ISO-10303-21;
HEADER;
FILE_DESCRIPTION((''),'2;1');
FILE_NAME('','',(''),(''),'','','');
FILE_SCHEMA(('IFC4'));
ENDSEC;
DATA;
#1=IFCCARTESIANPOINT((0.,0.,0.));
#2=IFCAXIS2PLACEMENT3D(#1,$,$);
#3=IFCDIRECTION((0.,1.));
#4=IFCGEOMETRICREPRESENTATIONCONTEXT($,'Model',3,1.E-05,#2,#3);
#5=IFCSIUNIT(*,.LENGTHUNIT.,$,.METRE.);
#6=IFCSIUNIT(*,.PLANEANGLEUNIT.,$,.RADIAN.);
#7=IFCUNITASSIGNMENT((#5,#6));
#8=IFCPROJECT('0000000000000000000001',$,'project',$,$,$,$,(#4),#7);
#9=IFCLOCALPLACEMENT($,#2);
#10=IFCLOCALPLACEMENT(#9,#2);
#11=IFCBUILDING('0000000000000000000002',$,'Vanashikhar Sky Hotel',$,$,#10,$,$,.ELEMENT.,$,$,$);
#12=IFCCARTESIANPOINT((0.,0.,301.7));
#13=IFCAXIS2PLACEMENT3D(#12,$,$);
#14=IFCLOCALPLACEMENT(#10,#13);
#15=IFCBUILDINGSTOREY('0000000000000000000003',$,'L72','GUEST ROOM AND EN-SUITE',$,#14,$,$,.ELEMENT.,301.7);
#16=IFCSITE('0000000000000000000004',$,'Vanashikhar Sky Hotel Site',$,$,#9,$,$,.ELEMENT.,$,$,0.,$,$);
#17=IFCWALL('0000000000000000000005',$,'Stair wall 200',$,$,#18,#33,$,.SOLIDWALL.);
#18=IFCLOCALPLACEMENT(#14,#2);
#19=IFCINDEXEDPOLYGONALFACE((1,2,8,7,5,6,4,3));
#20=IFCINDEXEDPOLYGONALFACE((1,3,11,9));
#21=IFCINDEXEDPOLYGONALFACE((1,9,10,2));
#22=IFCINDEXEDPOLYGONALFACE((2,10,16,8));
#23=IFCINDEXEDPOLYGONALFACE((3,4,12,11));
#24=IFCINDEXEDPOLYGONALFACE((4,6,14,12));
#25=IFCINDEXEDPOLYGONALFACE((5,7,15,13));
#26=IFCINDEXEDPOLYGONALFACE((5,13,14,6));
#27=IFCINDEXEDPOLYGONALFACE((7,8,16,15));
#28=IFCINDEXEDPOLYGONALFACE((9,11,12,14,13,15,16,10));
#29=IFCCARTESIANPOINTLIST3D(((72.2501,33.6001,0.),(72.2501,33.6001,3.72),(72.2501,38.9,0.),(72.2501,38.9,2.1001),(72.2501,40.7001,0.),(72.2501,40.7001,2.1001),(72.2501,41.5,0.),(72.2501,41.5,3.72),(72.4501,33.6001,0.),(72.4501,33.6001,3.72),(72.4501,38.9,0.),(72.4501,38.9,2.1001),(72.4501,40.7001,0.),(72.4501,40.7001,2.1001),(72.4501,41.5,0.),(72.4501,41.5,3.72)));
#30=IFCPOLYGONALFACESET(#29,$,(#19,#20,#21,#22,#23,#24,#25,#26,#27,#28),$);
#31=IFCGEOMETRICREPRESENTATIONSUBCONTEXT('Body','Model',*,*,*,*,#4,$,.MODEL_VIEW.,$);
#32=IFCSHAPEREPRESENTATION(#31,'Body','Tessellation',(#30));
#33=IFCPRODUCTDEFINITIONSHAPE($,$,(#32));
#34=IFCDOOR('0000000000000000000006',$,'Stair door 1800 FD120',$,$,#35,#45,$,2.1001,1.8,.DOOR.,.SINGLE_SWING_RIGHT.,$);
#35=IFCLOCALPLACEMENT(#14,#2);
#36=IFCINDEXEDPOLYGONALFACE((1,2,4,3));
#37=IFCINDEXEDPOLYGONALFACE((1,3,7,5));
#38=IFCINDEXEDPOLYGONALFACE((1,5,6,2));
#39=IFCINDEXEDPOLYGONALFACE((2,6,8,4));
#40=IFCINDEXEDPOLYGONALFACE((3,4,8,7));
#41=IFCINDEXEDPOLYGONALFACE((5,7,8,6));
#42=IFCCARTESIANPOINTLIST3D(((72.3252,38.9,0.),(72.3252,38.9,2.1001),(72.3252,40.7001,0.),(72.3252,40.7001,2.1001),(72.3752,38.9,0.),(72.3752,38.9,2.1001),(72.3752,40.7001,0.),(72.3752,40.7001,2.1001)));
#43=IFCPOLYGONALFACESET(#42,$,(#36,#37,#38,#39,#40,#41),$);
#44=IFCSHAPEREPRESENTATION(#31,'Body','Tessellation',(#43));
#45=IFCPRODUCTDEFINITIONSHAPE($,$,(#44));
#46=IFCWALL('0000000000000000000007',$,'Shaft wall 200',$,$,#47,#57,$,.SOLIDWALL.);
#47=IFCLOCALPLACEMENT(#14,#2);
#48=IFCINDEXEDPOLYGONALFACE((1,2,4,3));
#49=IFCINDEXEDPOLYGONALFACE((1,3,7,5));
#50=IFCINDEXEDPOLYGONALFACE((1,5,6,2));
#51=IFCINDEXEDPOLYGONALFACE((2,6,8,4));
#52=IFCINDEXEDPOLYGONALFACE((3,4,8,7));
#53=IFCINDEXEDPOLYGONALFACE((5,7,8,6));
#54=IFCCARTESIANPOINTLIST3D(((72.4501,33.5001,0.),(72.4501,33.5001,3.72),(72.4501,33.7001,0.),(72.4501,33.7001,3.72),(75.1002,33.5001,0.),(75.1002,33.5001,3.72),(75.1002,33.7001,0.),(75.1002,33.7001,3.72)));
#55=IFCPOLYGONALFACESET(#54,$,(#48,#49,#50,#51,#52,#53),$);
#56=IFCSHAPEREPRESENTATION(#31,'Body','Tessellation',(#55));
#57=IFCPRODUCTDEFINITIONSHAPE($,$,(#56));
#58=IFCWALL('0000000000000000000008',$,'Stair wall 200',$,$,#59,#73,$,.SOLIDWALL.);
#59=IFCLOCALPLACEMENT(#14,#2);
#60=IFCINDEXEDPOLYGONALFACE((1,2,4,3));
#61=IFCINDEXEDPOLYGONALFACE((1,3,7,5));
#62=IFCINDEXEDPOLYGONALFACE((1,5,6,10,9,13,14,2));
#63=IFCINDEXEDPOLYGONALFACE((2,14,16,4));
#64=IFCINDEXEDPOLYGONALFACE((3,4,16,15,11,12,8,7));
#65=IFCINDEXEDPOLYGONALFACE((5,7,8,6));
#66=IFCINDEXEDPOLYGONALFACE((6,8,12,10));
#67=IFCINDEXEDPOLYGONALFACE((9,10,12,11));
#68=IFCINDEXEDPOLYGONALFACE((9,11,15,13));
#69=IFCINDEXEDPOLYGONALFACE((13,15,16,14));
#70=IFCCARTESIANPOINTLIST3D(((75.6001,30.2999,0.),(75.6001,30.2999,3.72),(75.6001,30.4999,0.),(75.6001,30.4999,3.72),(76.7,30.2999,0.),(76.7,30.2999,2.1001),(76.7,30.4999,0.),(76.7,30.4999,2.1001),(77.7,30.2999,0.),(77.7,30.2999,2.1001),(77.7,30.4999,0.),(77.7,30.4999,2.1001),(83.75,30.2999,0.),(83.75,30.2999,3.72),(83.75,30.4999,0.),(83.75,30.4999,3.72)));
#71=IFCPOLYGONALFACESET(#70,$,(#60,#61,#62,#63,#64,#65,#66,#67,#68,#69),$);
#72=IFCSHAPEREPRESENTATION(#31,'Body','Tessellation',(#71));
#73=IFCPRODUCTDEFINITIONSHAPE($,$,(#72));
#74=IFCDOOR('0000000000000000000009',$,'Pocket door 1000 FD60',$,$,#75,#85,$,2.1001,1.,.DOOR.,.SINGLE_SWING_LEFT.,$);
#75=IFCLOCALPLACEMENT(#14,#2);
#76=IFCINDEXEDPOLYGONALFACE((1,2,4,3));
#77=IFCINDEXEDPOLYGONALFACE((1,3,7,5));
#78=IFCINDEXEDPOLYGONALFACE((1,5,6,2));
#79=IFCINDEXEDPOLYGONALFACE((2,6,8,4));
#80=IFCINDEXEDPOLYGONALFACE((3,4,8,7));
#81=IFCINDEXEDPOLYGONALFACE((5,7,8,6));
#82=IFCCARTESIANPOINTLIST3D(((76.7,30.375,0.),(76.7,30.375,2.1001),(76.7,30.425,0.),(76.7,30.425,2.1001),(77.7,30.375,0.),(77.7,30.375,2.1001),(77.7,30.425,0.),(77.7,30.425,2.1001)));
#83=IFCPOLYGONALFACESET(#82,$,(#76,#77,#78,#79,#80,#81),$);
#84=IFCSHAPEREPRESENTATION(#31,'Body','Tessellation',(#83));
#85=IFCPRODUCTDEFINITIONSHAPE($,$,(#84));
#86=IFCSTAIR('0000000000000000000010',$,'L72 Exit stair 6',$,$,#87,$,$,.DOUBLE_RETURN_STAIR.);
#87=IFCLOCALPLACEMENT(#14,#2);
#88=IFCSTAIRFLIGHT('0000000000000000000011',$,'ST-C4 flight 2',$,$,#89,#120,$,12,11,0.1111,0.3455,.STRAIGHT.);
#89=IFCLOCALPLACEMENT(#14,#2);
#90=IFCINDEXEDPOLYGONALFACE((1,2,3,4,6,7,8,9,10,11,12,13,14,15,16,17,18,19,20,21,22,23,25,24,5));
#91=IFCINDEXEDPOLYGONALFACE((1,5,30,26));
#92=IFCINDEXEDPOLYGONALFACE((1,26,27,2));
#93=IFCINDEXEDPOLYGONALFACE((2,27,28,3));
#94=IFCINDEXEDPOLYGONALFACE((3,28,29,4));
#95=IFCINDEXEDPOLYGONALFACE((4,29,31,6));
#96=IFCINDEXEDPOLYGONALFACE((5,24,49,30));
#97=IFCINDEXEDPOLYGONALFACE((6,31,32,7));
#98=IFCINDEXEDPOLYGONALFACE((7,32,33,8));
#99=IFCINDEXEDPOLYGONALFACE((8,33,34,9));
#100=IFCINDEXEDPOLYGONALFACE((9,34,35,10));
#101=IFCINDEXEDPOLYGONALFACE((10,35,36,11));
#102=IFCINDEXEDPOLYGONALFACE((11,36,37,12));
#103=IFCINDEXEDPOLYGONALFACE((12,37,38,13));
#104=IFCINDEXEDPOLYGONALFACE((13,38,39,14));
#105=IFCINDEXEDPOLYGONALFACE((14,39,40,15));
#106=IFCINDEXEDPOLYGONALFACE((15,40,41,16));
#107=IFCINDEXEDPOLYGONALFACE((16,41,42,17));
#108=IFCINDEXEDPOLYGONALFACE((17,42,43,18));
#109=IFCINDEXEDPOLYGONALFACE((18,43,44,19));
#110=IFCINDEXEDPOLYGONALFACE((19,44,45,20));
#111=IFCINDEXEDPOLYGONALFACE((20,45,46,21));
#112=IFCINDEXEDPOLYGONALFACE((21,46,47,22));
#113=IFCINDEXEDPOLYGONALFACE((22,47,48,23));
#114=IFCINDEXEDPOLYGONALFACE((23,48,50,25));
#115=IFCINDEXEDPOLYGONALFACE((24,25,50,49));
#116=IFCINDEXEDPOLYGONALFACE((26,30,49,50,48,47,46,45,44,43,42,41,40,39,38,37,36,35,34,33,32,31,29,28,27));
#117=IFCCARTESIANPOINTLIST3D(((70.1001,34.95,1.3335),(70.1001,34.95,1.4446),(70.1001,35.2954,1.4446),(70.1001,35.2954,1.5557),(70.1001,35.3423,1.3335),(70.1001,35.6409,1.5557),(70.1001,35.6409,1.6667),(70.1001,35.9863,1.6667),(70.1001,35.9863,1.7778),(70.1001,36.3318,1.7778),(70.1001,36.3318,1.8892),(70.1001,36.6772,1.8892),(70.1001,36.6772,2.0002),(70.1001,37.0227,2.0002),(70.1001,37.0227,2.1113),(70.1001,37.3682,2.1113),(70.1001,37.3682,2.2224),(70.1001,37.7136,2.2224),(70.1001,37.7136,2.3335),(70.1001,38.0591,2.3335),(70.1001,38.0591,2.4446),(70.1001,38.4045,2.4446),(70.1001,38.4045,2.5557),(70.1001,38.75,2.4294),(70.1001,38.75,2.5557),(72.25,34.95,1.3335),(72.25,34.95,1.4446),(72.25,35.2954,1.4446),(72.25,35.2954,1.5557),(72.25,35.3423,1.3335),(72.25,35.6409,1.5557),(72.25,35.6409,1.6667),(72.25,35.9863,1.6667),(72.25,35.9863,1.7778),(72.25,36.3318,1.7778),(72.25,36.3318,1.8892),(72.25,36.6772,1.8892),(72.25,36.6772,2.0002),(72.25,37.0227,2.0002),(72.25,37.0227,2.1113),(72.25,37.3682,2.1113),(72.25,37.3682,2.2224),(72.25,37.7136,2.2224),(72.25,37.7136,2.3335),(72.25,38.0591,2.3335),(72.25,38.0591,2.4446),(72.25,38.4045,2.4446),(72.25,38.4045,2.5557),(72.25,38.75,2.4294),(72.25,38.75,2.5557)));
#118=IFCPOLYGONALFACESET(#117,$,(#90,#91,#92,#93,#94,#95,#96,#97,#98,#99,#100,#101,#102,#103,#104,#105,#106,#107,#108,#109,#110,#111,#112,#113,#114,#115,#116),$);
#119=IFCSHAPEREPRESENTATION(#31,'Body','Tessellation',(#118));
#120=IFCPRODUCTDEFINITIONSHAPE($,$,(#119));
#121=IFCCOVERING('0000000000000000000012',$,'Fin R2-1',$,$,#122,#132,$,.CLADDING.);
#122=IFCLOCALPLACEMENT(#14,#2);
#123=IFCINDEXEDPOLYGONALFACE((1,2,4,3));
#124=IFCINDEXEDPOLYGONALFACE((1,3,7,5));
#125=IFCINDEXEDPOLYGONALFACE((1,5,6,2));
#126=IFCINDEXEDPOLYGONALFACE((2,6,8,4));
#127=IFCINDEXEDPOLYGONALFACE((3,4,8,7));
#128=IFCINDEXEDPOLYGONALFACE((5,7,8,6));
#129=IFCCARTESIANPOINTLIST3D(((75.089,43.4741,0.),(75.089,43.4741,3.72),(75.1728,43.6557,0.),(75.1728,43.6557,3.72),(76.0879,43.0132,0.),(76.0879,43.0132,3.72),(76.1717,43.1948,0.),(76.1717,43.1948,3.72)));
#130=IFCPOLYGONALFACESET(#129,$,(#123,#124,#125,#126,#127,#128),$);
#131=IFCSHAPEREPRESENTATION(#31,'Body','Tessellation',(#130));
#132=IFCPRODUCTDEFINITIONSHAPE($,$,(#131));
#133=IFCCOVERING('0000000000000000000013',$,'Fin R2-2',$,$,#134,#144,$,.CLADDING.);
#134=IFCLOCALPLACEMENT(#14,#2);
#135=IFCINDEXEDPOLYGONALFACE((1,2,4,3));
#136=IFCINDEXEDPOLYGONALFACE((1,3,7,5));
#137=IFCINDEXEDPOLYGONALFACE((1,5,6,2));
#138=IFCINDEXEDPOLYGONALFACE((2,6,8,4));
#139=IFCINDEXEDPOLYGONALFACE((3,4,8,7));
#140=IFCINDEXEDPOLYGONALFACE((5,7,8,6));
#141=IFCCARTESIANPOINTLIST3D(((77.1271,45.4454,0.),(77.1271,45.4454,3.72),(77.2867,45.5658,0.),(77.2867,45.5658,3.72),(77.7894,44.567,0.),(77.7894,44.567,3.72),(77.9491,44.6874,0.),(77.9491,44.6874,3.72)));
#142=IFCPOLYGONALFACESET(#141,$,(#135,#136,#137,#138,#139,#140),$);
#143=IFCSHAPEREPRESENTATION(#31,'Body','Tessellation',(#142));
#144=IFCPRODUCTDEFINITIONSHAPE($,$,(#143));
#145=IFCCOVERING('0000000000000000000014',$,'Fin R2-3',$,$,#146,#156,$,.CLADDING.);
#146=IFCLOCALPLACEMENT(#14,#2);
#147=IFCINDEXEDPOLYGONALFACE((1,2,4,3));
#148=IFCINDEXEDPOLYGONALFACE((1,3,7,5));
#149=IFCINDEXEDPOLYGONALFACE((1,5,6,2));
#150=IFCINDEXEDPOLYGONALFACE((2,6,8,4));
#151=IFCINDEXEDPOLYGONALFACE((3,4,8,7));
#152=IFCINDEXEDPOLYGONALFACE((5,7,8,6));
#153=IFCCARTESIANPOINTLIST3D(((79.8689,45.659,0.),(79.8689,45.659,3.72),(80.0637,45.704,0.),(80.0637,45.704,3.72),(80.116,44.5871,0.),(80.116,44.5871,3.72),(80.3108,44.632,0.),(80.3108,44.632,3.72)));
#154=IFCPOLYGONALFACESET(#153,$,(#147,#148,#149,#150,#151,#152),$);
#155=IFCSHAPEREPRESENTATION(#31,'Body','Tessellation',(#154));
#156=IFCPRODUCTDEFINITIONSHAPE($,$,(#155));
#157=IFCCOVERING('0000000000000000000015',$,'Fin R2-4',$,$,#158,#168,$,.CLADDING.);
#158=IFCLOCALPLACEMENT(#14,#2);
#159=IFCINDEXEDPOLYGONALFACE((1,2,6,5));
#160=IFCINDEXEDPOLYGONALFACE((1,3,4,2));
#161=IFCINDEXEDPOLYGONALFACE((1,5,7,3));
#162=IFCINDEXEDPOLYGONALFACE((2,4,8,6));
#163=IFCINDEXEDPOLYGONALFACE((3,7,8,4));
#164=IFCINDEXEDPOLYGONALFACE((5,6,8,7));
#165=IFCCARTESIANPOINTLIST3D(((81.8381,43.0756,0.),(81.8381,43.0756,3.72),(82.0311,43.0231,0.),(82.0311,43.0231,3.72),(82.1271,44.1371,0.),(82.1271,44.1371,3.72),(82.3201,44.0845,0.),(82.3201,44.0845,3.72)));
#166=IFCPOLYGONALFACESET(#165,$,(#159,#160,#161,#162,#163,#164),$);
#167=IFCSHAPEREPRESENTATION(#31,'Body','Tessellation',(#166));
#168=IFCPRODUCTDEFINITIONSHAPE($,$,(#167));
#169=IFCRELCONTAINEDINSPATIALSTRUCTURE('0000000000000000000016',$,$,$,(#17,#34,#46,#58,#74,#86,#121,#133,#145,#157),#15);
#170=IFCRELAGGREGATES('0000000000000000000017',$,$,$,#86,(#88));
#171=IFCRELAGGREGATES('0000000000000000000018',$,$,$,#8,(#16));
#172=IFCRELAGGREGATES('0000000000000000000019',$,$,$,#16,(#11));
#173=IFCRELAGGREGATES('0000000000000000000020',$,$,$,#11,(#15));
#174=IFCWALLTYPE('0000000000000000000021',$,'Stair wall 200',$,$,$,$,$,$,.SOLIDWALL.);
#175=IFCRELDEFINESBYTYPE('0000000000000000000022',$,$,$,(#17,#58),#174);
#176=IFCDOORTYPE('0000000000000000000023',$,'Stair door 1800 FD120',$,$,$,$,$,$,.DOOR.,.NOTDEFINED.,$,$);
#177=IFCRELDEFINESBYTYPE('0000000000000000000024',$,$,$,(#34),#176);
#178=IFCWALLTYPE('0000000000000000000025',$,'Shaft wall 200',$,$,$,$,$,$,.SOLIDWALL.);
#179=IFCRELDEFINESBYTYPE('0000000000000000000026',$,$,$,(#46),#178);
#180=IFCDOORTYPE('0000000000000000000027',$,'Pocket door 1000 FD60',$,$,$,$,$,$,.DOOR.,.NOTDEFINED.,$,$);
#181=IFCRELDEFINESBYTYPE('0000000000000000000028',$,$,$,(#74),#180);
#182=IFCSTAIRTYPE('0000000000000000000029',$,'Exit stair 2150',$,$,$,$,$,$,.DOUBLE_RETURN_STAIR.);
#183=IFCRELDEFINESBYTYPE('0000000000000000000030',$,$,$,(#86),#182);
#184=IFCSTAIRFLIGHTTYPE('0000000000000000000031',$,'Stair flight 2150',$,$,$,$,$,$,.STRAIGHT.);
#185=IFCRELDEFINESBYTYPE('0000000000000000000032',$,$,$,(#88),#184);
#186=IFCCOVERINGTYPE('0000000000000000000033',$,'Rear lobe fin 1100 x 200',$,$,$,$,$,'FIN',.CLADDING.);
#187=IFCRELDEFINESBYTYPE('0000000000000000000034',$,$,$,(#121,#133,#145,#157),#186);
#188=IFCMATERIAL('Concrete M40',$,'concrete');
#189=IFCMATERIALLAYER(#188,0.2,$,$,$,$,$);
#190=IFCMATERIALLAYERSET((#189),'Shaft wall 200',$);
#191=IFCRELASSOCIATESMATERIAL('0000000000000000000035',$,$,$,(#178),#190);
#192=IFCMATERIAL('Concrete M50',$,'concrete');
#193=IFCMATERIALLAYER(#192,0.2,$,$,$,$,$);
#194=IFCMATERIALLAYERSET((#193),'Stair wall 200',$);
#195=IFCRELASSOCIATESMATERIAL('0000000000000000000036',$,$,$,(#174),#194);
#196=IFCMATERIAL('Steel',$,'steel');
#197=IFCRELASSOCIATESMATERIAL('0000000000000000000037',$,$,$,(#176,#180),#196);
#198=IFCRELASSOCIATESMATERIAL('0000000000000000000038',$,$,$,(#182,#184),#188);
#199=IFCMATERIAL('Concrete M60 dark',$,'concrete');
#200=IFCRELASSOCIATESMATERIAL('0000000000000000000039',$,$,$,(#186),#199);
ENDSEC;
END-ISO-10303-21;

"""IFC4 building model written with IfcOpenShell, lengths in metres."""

from ifc_helpers import new_model, si_unit, direction, frame, frame_2d, origin, origin_2d, place, context, subcontext, project, spatial, polyline, rectangle, outline, extrude, source, transform, mapped, material, layer, layer_set, material_profile, profile_set, type_object, element, fill, aggregate, save


model = new_model("IFC4")

# Units and contexts
model_context = context("Model", 3, precision=1e-05, world=origin(), true_north=direction((0.0, 1.0)))
body_context = subcontext(model_context, "Body", "Model", "MODEL_VIEW")
ifc_project = project(units=[si_unit("LENGTHUNIT", "METRE"), si_unit("PLANEANGLEUNIT", "RADIAN")], contexts=[model_context])

# Site, building, storey
site_placement = place(None, origin())
site = spatial("IfcSite", under=ifc_project, at=site_placement, Name="Vanashikhar Sky Hotel Site", CompositionType="ELEMENT", RefElevation=0.0)
building_placement = place(site_placement, origin())
building = spatial("IfcBuilding", under=site, at=building_placement, Name="Vanashikhar Sky Hotel", CompositionType="ELEMENT")
storey_placement = place(building_placement, frame((0.0, 0.0, 301.7)))
storey = spatial("IfcBuildingStorey", under=building, at=storey_placement, Name="L72", Description="GUEST ROOM AND EN-SUITE", CompositionType="ELEMENT", Elevation=301.7)

# Shared definitions
ifc_material_1 = material(Name="Concrete M50", Category="concrete")

# Shared definitions
ifc_material_2 = material(Name="Concrete M40", Category="concrete")
ifc_layer_1 = layer(ifc_material_2, 0.2)
ifc_layer_set_1 = layer_set([ifc_layer_1], Name="Shaft wall 200")
wall_type_1 = type_object("IfcWallType", Name="Shaft wall 200", PredefinedType="SOLIDWALL", material=ifc_layer_set_1)

# Wall, opening, door
ifc_layer_2 = layer(ifc_material_1, 0.2)
ifc_layer_set_2 = layer_set([ifc_layer_2], Name="Stair wall 200")
wall_type_2 = type_object("IfcWallType", Name="Stair wall 200", PredefinedType="SOLIDWALL", material=ifc_layer_set_2)
shared_shape_1 = source(origin(), body_context, "Body", "SweptSolid", [
    extrude(rectangle(XDim=7.8999, YDim=0.2, at=frame_2d((3.95, 0.0))), origin(), (0.0, 0.0, 1.0), 3.72),
])
wall_1_placement = place(storey_placement, frame((72.3501, 33.6001, 0.0), z_axis=(0.0, 0.0, 1.0), x_axis=(0.0, 1.0, 0.0)))
wall_1 = element("IfcWall", 1, at=wall_1_placement, inside=storey, type_object=wall_type_2, Name="Stair wall 200", PredefinedType="SOLIDWALL", context=body_context, shape_type="MappedRepresentation", body=[
    mapped(shared_shape_1, transform((0.0, 0.0, 0.0), scale=1.0)),
])
shared_shape_2 = source(origin(), body_context, "Body", "SweptSolid", [
    extrude(rectangle(XDim=1.8, YDim=2.1001, at=frame_2d((0.8999, 1.05))), frame((0.0, 0.1099, 0.0), z_axis=(0.0, -1.0, 0.0), x_axis=(1.0, 0.0, 0.0)), (0.0, 0.0, 1.0), 0.22),
])
opening_1_placement = place(wall_1_placement, frame((5.3, 0.0, 0.0)))
opening_1 = element("IfcOpeningElement", 2, at=opening_1_placement, cuts=wall_1, PredefinedType="OPENING", context=body_context, shape_type="MappedRepresentation", body=[
    mapped(shared_shape_2, transform((0.0, 0.0, 0.0), scale=1.0)),
])
ifc_material_3 = material(Name="Steel", Category="steel")
door_type_1 = type_object("IfcDoorType", Name="Stair door 1800 FD120", OperationType="NOTDEFINED", PredefinedType="DOOR", material=ifc_material_3)
shared_shape_3 = source(origin(), body_context, "Body", "SweptSolid", [
    extrude(rectangle(XDim=1.8, YDim=2.1001, at=frame_2d((0.8999, 1.05))), frame((0.0, 0.0249, 0.0), z_axis=(0.0, -1.0, 0.0), x_axis=(1.0, 0.0, 0.0)), (0.0, 0.0, 1.0), 0.05),
])
door_1_placement = place(opening_1_placement, origin())
door_1 = element("IfcDoor", 3, at=door_1_placement, inside=storey, type_object=door_type_1, Name="Stair door 1800 FD120", OperationType="SINGLE_SWING_RIGHT", OverallHeight=2.1001, OverallWidth=1.8, PredefinedType="DOOR", context=body_context, shape_type="MappedRepresentation", body=[
    mapped(shared_shape_3, transform((0.0, 0.0, 0.0), scale=1.0)),
])
fill(opening_1, door_1)

# Wall
shared_shape_4 = source(origin(), body_context, "Body", "SweptSolid", [
    extrude(rectangle(XDim=2.6501, YDim=0.2, at=frame_2d((1.3252, 0.0))), origin(), (0.0, 0.0, 1.0), 3.72),
])
wall_2_placement = place(storey_placement, frame((72.45, 33.6001, 0.0), z_axis=(0.0, 0.0, 1.0), x_axis=(1.0, 0.0, 0.0)))
element("IfcWall", 4, at=wall_2_placement, inside=storey, type_object=wall_type_1, Name="Shaft wall 200", PredefinedType="SOLIDWALL", context=body_context, shape_type="MappedRepresentation", body=[
    mapped(shared_shape_4, transform((0.0, 0.0, 0.0), scale=1.0)),
])

# Wall, opening, door
shared_shape_5 = source(origin(), body_context, "Body", "SweptSolid", [
    extrude(rectangle(XDim=8.1499, YDim=0.2, at=frame_2d((4.075, 0.0))), origin(), (0.0, 0.0, 1.0), 3.72),
])
wall_3_placement = place(storey_placement, frame((83.75, 30.3999, 0.0), z_axis=(0.0, 0.0, 1.0), x_axis=(-1.0, 0.0, 0.0)))
wall_3 = element("IfcWall", 5, at=wall_3_placement, inside=storey, type_object=wall_type_2, Name="Stair wall 200", PredefinedType="SOLIDWALL", context=body_context, shape_type="MappedRepresentation", body=[
    mapped(shared_shape_5, transform((0.0, 0.0, 0.0), scale=1.0)),
])
shared_shape_6 = source(origin(), body_context, "Body", "SweptSolid", [
    extrude(rectangle(XDim=1.0, YDim=2.1001, at=frame_2d((0.5, 1.05))), frame((0.0, 0.1099, 0.0), z_axis=(0.0, -1.0, 0.0), x_axis=(1.0, 0.0, 0.0)), (0.0, 0.0, 1.0), 0.22),
])
opening_2_placement = place(wall_3_placement, frame((6.05, 0.0, 0.0)))
opening_2 = element("IfcOpeningElement", 6, at=opening_2_placement, cuts=wall_3, PredefinedType="OPENING", context=body_context, shape_type="MappedRepresentation", body=[
    mapped(shared_shape_6, transform((0.0, 0.0, 0.0), scale=1.0)),
])
door_type_2 = type_object("IfcDoorType", Name="Pocket door 1000 FD60", OperationType="NOTDEFINED", PredefinedType="DOOR", material=ifc_material_3)
shared_shape_7 = source(origin(), body_context, "Body", "SweptSolid", [
    extrude(rectangle(XDim=1.0, YDim=2.1001, at=frame_2d((0.5, 1.05))), frame((0.0, 0.0249, 0.0), z_axis=(0.0, -1.0, 0.0), x_axis=(1.0, 0.0, 0.0)), (0.0, 0.0, 1.0), 0.05),
])
door_2_placement = place(opening_2_placement, origin())
door_2 = element("IfcDoor", 7, at=door_2_placement, inside=storey, type_object=door_type_2, Name="Pocket door 1000 FD60", OperationType="SINGLE_SWING_LEFT", OverallHeight=2.1001, OverallWidth=1.0, PredefinedType="DOOR", context=body_context, shape_type="MappedRepresentation", body=[
    mapped(shared_shape_7, transform((0.0, 0.0, 0.0), scale=1.0)),
])
fill(opening_2, door_2)

# Stair, stair flight
stair_type = type_object("IfcStairType", Name="Exit stair 2150", PredefinedType="DOUBLE_RETURN_STAIR", material=ifc_material_2)
stair_placement = place(storey_placement, origin())
stair = element("IfcStair", 8, at=stair_placement, inside=storey, type_object=stair_type, Name="L72 Exit stair 6", PredefinedType="DOUBLE_RETURN_STAIR")
stair_flight_type = type_object("IfcStairFlightType", Name="Stair flight 2150", PredefinedType="STRAIGHT", material=ifc_material_2)
shared_shape_8 = source(origin(), body_context, "Body", "SweptSolid", [
    extrude(outline(polyline([(0.0, 0.0), (0.0, 0.1111), (0.3455, 0.1111), (0.3455, 0.2222), (0.6909, 0.2222), (0.6909, 0.3333), (1.0364, 0.3333), (1.0364, 0.4443), (1.3818, 0.4443), (1.3818, 0.5557), (1.7273, 0.5557), (1.7273, 0.6667), (2.0728, 0.6667), (2.0728, 0.7778), (2.4182, 0.7778), (2.4182, 0.8889), (2.7637, 0.8889), (2.7637, 1.0), (3.1091, 1.0), (3.1091, 1.1111), (3.4546, 1.1111), (3.4546, 1.2222), (3.8, 1.2222), (3.8, 1.3333), (3.8, 1.0959), (0.3923, 0.0), (0.0, 0.0)])), frame((0.0, 1.075, 0.0), z_axis=(0.0, -1.0, 0.0), x_axis=(1.0, 0.0, 0.0)), (0.0, 0.0, 1.0), 2.1499),
])
stair_flight_placement = place(storey_placement, frame((71.175, 34.95, 1.3335), z_axis=(0.0, 0.0, 1.0), x_axis=(0.0, 1.0, 0.0)))
stair_flight = element("IfcStairFlight", 9, at=stair_flight_placement, type_object=stair_flight_type, Name="ST-C4 flight 2", NumberOfRisers=12, NumberOfTreads=11, PredefinedType="STRAIGHT", RiserHeight=0.1111, TreadLength=0.3455, context=body_context, shape_type="MappedRepresentation", body=[
    mapped(shared_shape_8, transform((0.0, 0.0, 0.0), scale=1.0)),
])
aggregate(stair, [stair_flight])

# Coverings
ifc_material_4 = material(Name="Concrete M60 dark", Category="concrete")
ifc_material_profile = material_profile(ifc_material_4, rectangle(XDim=1.1001, YDim=0.2, at=origin_2d()))
ifc_profile_set = profile_set([ifc_material_profile], Name="Rear lobe fin 1100 x 200")
covering_type = type_object("IfcCoveringType", Name="Rear lobe fin 1100 x 200", ElementType="FIN", PredefinedType="CLADDING", material=ifc_profile_set)
shared_shape_9 = source(origin(), body_context, "Body", "SweptSolid", [
    extrude(rectangle(XDim=1.1001, YDim=0.2, at=origin_2d()), origin(), (0.0, 0.0, 1.0), 3.72),
])
for number, where, z_axis, x_axis, name in (
    (10, (75.6304, 43.3345, 0.0), (0.0, 0.0, 1.0), (-0.908004, 0.418961, 0.0), "Fin R2-1"),
    (11, (77.5381, 45.0664, 0.0), (0.0, 0.0, 1.0), (-0.602066, 0.798446, 0.0), "Fin R2-2"),
    (12, (80.0898, 45.1455, 0.0), (0.0, 0.0, 1.0), (-0.224645, 0.974441, 0.0), "Fin R2-3"),
    (13, (82.0791, 43.5801, 0.0), (0.0, 0.0, 1.0), (0.262711, 0.964874, 0.0), "Fin R2-4"),
):
    element("IfcCovering", number, at=place(storey_placement, frame(where, z_axis=z_axis, x_axis=x_axis)), inside=storey, type_object=covering_type, Name=name, PredefinedType="CLADDING", context=body_context, shape_type="MappedRepresentation", body=[
        mapped(shared_shape_9, transform((0.0, 0.0, 0.0), scale=1.0)),
    ])

save(model, "model.ifc")
